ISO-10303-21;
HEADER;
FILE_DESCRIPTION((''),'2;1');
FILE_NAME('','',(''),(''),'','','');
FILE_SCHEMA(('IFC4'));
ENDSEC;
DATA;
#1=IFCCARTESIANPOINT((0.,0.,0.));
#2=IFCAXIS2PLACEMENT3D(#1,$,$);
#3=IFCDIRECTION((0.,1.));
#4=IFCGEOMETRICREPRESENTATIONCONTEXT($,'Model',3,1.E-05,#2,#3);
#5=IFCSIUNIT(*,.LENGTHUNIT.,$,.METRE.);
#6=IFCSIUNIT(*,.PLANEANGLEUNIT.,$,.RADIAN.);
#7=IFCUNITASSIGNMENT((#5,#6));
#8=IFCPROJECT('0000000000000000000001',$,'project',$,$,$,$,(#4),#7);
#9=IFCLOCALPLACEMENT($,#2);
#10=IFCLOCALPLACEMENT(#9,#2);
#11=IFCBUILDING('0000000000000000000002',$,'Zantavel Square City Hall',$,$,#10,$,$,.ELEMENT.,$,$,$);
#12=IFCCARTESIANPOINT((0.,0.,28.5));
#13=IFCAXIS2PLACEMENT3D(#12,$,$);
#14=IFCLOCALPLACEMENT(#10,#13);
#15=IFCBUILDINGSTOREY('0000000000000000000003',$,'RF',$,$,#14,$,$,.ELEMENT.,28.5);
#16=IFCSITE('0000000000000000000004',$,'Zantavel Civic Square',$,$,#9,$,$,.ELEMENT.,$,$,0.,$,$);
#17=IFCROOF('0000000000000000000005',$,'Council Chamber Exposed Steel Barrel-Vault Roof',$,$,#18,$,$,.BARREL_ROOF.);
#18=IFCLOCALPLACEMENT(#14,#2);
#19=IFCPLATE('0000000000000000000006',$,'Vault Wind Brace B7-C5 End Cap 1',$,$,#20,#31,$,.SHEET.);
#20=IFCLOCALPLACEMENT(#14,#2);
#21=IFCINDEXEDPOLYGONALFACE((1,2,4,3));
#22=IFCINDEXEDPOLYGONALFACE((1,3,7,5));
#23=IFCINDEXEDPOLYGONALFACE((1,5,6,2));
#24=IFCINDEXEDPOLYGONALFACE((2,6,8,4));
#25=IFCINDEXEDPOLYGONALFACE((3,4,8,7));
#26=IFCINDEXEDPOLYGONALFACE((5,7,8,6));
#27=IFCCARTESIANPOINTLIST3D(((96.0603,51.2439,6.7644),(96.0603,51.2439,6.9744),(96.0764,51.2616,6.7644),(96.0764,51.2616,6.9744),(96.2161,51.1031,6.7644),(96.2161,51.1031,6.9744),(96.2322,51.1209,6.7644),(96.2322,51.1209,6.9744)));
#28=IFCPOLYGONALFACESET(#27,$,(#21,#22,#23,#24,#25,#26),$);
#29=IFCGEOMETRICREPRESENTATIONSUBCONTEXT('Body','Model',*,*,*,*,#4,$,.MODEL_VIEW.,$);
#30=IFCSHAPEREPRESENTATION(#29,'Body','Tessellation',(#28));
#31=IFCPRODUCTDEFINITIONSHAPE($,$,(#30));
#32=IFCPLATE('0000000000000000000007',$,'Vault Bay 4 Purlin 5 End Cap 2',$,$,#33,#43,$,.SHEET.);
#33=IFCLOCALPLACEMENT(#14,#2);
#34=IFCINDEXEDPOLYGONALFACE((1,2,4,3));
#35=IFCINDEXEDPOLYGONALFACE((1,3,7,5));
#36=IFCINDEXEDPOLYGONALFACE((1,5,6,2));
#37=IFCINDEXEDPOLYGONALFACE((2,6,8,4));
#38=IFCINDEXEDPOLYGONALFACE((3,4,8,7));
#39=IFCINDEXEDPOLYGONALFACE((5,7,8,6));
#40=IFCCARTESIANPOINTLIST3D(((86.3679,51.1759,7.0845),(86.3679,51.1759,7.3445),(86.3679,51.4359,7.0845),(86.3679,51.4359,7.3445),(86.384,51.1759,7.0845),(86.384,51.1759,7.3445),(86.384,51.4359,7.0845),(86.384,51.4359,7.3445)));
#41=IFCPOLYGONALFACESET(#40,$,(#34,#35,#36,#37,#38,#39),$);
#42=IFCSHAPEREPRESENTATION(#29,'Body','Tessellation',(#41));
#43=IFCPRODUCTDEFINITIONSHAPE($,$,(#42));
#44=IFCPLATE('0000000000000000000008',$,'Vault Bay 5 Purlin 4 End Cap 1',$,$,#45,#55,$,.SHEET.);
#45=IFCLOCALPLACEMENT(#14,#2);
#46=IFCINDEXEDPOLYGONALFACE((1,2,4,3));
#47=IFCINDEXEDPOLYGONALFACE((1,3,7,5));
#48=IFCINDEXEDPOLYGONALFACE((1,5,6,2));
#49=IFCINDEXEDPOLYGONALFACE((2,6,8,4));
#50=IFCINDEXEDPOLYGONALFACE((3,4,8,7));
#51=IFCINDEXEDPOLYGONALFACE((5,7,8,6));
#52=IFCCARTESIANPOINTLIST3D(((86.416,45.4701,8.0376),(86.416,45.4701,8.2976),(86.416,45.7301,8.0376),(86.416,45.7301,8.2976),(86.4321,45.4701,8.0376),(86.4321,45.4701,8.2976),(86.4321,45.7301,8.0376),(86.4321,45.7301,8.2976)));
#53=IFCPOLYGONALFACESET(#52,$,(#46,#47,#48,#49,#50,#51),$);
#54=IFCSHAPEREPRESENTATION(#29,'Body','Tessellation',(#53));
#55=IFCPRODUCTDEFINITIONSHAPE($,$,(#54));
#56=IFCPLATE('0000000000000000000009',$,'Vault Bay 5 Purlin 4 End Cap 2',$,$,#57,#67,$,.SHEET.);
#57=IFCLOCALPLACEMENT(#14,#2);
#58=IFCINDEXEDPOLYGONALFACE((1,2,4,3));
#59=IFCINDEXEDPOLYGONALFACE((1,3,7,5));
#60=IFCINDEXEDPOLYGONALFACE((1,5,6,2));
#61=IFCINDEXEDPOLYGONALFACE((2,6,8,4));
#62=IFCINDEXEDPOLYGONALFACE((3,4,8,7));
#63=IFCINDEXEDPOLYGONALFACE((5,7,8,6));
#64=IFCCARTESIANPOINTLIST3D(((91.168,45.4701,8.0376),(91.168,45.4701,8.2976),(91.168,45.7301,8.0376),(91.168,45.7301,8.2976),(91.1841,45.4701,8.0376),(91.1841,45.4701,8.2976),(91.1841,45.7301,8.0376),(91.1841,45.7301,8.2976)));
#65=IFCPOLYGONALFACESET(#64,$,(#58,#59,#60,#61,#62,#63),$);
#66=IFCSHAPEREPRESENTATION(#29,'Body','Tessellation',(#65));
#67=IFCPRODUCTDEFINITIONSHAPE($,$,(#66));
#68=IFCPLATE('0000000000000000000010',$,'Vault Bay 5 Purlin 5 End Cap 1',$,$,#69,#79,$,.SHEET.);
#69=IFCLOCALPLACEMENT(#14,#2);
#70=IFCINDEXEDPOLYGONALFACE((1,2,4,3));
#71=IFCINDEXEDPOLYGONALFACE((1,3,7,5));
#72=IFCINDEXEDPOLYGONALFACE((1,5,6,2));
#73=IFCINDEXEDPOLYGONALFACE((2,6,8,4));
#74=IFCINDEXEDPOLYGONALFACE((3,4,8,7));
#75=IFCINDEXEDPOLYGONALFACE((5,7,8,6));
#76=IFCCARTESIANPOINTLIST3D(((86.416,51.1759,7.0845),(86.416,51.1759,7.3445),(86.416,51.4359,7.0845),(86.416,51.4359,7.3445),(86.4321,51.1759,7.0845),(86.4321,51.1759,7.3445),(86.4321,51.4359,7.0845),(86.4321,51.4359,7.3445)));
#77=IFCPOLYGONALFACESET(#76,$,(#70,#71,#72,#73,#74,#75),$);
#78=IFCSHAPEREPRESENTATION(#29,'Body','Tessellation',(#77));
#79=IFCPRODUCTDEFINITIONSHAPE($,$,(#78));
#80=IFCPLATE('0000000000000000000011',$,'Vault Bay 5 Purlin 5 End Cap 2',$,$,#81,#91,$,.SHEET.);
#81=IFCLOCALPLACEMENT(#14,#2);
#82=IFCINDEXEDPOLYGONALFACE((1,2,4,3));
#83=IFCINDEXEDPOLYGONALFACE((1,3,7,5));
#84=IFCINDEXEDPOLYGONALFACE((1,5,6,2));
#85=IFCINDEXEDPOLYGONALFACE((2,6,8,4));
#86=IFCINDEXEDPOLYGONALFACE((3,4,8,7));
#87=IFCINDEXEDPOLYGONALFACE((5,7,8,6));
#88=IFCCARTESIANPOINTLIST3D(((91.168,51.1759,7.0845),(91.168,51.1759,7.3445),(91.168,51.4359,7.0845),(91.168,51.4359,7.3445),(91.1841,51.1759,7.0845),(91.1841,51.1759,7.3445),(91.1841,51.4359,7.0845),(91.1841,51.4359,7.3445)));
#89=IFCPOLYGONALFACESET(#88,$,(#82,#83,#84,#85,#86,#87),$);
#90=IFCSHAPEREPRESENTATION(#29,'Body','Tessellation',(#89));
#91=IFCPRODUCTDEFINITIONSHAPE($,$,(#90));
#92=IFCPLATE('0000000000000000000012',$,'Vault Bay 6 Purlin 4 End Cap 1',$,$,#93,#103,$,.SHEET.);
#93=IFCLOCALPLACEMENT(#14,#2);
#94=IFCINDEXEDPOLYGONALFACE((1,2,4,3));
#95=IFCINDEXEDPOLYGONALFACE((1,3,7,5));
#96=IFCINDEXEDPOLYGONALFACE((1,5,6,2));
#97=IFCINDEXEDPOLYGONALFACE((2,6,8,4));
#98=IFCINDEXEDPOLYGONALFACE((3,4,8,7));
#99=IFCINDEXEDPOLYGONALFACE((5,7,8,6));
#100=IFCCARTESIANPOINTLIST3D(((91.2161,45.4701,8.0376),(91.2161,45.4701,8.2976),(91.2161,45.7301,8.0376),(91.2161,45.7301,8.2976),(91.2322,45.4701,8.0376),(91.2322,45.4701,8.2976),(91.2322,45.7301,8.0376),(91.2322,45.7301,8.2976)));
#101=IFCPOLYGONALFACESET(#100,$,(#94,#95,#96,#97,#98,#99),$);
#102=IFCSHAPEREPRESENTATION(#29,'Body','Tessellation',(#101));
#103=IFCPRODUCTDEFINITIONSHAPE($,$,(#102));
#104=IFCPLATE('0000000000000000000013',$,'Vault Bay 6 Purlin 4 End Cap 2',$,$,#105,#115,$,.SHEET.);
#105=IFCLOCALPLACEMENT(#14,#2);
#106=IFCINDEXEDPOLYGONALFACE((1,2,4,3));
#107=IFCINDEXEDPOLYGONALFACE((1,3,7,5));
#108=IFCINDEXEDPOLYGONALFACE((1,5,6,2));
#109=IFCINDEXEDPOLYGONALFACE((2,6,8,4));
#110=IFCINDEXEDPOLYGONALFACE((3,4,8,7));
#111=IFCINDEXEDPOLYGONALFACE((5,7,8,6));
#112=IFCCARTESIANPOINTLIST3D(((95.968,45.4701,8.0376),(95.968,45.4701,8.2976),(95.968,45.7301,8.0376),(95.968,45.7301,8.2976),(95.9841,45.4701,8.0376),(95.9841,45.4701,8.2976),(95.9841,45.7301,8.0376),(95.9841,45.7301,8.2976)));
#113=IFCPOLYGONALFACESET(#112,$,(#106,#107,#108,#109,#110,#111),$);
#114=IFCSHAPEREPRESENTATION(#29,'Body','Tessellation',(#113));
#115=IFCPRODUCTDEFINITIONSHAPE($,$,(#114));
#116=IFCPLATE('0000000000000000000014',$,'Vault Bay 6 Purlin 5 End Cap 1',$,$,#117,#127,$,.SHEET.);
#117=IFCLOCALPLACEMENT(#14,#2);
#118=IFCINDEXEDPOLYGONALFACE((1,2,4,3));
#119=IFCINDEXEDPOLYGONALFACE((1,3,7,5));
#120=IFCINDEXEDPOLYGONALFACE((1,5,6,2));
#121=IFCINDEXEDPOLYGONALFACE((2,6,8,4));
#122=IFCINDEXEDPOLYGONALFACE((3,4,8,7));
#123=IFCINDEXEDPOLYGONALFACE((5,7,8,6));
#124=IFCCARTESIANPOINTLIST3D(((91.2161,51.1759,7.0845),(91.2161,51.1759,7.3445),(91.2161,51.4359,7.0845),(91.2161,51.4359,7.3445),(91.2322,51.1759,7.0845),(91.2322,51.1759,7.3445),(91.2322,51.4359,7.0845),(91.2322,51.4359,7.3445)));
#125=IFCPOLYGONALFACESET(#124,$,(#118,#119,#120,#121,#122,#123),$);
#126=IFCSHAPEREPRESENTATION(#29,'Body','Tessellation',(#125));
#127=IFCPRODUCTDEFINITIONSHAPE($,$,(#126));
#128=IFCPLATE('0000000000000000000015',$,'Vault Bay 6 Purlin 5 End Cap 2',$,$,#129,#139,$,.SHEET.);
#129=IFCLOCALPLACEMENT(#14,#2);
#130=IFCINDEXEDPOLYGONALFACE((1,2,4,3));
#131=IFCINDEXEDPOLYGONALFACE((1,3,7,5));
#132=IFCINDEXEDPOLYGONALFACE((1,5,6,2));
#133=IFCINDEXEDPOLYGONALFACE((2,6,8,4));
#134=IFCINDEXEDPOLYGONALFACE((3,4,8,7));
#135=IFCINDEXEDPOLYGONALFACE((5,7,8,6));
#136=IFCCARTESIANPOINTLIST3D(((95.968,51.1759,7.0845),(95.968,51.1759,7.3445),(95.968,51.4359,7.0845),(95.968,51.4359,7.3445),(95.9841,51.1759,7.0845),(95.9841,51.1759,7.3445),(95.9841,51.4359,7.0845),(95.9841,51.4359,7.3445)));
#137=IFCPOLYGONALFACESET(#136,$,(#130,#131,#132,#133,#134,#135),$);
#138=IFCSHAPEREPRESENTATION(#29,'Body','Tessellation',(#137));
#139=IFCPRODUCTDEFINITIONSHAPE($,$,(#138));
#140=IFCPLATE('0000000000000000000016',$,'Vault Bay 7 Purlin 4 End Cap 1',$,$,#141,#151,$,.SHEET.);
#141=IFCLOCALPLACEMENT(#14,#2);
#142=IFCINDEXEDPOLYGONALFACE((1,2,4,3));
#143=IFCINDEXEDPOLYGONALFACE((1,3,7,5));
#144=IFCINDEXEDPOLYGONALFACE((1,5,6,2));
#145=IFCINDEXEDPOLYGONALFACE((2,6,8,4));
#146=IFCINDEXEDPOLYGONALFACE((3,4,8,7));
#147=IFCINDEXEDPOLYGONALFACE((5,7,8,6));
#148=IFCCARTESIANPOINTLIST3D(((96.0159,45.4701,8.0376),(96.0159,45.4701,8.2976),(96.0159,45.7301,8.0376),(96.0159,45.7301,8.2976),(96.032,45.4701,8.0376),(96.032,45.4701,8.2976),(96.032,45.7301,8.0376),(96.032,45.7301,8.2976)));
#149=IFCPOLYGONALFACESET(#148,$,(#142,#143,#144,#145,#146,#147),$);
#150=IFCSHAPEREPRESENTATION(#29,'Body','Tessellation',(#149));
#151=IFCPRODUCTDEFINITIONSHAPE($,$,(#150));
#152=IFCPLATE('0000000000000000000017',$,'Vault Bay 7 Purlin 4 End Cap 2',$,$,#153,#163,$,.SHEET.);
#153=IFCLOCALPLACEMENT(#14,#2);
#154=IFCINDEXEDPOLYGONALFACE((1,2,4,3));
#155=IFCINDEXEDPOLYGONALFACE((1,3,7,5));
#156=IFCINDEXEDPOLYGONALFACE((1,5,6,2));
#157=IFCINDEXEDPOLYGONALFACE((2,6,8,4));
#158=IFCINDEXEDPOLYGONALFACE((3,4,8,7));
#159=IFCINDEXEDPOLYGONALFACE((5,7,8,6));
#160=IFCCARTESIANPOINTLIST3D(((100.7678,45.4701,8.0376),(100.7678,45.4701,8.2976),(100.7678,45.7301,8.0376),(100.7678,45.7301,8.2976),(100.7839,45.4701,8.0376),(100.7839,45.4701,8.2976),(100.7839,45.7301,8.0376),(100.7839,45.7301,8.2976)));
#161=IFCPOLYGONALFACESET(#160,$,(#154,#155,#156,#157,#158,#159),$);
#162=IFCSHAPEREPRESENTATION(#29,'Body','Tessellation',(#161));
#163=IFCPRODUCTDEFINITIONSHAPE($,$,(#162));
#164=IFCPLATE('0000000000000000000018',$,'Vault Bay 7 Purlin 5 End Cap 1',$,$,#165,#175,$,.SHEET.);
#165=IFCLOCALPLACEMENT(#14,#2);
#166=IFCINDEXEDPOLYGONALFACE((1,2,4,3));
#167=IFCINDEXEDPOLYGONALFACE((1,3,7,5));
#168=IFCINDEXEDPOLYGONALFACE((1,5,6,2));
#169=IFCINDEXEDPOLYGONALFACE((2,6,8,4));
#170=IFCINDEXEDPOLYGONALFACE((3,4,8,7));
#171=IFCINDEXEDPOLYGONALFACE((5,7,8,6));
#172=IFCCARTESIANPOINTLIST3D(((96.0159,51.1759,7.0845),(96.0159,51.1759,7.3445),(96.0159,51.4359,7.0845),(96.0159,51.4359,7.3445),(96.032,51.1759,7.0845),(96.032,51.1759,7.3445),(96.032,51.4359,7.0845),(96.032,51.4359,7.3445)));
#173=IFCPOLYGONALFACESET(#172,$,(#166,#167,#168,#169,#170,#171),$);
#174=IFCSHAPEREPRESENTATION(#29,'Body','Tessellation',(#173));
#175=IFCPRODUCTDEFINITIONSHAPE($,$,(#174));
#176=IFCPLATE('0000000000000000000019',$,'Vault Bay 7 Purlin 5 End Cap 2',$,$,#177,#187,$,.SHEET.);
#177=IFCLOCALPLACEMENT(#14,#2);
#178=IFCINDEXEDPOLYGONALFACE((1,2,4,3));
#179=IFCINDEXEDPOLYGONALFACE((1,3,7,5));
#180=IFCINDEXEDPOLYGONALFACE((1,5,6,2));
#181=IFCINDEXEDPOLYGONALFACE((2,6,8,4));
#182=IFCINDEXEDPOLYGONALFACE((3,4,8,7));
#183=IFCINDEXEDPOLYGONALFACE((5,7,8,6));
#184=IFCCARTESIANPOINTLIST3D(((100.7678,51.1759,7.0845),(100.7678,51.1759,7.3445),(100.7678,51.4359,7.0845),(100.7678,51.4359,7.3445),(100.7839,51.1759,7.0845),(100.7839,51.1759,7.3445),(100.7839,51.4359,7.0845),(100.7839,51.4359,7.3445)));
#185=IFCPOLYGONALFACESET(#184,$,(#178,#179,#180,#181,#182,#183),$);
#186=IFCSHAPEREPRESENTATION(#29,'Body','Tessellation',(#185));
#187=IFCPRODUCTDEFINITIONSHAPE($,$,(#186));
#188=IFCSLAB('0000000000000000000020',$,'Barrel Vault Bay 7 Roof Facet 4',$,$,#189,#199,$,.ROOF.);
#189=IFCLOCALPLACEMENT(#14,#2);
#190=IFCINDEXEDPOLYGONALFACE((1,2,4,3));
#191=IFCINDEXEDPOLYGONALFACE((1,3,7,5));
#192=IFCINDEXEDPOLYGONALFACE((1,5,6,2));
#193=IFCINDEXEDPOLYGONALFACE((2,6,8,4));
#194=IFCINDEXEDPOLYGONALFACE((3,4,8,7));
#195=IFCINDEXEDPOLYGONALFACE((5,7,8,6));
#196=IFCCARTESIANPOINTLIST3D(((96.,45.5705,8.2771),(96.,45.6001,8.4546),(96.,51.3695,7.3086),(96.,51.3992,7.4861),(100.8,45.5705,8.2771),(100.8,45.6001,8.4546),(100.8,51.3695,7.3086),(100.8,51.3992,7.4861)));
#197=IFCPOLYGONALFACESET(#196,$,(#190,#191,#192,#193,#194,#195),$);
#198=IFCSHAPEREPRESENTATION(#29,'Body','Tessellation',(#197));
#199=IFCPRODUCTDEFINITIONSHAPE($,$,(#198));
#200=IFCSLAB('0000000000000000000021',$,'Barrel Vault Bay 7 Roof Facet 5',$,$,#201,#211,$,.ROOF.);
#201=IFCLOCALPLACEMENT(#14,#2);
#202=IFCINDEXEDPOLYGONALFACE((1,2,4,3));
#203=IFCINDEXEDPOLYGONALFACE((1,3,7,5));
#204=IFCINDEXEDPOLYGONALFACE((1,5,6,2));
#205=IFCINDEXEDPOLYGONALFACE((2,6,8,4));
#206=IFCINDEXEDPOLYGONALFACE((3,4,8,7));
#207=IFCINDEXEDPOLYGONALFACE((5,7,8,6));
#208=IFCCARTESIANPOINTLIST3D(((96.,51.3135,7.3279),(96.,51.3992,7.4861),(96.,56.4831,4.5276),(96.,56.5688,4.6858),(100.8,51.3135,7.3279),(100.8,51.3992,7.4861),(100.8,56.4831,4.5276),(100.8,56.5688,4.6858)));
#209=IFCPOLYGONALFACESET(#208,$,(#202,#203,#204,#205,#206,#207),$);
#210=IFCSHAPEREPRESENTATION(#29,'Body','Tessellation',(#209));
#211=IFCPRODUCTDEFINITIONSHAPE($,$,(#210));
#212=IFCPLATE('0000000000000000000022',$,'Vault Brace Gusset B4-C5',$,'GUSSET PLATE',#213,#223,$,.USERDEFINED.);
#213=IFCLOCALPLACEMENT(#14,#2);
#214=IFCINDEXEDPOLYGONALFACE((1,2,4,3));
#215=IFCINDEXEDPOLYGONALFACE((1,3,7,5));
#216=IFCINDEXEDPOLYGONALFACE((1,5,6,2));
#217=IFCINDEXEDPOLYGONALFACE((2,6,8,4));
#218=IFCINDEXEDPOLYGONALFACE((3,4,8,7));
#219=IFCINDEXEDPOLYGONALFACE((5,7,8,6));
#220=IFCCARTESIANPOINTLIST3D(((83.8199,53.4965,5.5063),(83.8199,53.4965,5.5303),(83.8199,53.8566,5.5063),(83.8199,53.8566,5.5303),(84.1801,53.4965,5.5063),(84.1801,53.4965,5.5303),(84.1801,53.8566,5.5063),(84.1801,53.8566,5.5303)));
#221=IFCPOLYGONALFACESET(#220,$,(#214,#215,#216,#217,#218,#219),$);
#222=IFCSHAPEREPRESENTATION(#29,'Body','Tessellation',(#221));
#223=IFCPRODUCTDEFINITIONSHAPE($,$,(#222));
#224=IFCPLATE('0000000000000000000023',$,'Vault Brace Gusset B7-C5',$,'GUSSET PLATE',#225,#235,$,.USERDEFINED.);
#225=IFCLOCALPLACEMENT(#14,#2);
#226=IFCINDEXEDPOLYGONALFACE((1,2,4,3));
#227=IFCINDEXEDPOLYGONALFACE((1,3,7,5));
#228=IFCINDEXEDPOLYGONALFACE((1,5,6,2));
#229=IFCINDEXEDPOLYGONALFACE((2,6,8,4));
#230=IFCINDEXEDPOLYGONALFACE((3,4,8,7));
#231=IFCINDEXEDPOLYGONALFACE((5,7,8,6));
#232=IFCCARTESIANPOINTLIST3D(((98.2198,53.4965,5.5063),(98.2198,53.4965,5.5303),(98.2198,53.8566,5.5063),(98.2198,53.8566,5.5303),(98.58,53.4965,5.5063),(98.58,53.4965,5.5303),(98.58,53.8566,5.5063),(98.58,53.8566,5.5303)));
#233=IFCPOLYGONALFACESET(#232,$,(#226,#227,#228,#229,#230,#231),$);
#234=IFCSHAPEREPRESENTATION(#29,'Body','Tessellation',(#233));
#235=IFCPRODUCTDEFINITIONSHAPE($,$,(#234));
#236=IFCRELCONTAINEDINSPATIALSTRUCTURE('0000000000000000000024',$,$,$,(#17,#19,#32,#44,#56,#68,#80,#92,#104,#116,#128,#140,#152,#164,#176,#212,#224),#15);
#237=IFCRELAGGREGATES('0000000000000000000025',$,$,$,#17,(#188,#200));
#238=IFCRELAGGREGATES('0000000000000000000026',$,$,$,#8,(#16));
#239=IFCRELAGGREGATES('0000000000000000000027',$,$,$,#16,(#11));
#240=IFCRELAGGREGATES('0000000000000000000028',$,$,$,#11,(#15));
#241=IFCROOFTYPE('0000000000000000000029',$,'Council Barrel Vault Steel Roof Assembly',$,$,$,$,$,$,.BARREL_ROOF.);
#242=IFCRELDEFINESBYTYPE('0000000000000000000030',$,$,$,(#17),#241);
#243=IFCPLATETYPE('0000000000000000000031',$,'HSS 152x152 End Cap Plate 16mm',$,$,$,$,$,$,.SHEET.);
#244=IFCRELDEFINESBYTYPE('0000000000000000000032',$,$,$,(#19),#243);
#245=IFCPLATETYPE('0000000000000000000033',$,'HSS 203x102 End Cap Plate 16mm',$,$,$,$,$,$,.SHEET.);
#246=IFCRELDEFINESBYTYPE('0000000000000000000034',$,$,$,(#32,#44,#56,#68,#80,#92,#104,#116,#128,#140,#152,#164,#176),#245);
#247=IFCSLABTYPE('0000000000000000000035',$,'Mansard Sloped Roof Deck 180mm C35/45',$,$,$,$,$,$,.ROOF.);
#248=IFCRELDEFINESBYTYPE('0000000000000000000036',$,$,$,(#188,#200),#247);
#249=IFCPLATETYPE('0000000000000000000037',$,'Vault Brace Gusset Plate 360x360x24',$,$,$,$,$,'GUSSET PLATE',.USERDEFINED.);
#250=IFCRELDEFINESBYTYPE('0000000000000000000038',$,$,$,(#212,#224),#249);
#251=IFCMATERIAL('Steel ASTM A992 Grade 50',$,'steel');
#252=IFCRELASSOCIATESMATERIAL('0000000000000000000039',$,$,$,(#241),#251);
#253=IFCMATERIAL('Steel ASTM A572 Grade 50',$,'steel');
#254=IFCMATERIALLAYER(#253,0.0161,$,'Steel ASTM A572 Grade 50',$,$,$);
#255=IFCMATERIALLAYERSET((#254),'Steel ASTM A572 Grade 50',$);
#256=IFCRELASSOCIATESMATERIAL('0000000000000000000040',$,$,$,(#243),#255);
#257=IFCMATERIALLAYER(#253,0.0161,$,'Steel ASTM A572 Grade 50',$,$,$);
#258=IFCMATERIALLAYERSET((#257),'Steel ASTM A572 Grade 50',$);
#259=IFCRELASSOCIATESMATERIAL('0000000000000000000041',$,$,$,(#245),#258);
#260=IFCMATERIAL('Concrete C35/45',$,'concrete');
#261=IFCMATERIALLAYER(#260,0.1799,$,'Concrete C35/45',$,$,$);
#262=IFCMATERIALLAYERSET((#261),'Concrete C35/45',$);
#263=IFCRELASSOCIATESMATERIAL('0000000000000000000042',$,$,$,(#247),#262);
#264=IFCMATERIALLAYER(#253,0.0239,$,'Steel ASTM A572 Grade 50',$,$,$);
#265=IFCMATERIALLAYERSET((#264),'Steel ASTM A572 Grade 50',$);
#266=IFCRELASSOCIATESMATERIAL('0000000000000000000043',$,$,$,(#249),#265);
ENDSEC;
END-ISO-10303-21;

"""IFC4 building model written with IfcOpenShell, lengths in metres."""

from ifc_helpers import new_model, si_unit, direction, frame, origin, origin_2d, place, context, subcontext, project, spatial, polyline, rectangle, outline, extrude, material, layer, layer_set, type_object, element, aggregate, save


model = new_model("IFC4")

# Units and contexts
model_context = context("Model", 3, precision=1e-05, world=origin(), true_north=direction((0.0, 1.0)))
body_context = subcontext(model_context, "Body", "Model", "MODEL_VIEW")
ifc_project = project(units=[si_unit("LENGTHUNIT", "METRE"), si_unit("PLANEANGLEUNIT", "RADIAN")], contexts=[model_context])

# Site, building, storey
site_placement = place(None, origin())
site = spatial("IfcSite", under=ifc_project, at=site_placement, Name="Zantavel Civic Square", CompositionType="ELEMENT", RefElevation=0.0)
building_placement = place(site_placement, origin())
building = spatial("IfcBuilding", under=site, at=building_placement, Name="Zantavel Square City Hall", CompositionType="ELEMENT")
storey_placement = place(building_placement, frame((0.0, 0.0, 28.5)))
storey = spatial("IfcBuildingStorey", under=building, at=storey_placement, Name="RF", CompositionType="ELEMENT", Elevation=28.5)

# Shared definitions
ifc_material_1 = material(Name="Steel ASTM A992 Grade 50", Category="steel")

# Roof
roof_type = type_object("IfcRoofType", Name="Council Barrel Vault Steel Roof Assembly", PredefinedType="BARREL_ROOF", material=ifc_material_1)
roof_placement = place(storey_placement, origin())
roof = element("IfcRoof", 1, at=roof_placement, inside=storey, type_object=roof_type, Name="Council Chamber Exposed Steel Barrel-Vault Roof", PredefinedType="BARREL_ROOF")

# Plates
ifc_material_2 = material(Name="Steel ASTM A572 Grade 50", Category="steel")
ifc_layer_1 = layer(ifc_material_2, 0.0161, Name="Steel ASTM A572 Grade 50")
ifc_layer_set_1 = layer_set([ifc_layer_1], Name="Steel ASTM A572 Grade 50")
plate_type_1 = type_object("IfcPlateType", Name="HSS 152x152 End Cap Plate 16mm", PredefinedType="SHEET", material=ifc_layer_set_1)
for number, where, z_axis, x_axis, name in (
    (2, (96.1462, 51.1824, 6.7644), (0.0, 0.0, 1.0), (0.670438, 0.741966, 0.0), "Vault Wind Brace B7-C5 End Cap 1"),
):
    element("IfcPlate", number, at=place(storey_placement, frame(where, z_axis=z_axis, x_axis=x_axis)), inside=storey, type_object=plate_type_1, Name=name, PredefinedType="SHEET", context=body_context, shape_type="SweptSolid", body=[
        extrude(rectangle(XDim=0.0239, YDim=0.21, at=origin_2d()), origin(), (0.0, 0.0, 1.0), 0.21),
    ])
ifc_layer_2 = layer(ifc_material_2, 0.0161, Name="Steel ASTM A572 Grade 50")
ifc_layer_set_2 = layer_set([ifc_layer_2], Name="Steel ASTM A572 Grade 50")
plate_type_2 = type_object("IfcPlateType", Name="HSS 203x102 End Cap Plate 16mm", PredefinedType="SHEET", material=ifc_layer_set_2)
for number, where, z_axis, x_axis, name in (
    (3, (86.376, 51.3059, 7.0845), (0.0, 0.0, 1.0), (1.0, 0.0, 0.0), "Vault Bay 4 Purlin 5 End Cap 2"),
    (4, (86.4241, 45.6001, 8.0376), (0.0, 0.0, 1.0), (1.0, 0.0, 0.0), "Vault Bay 5 Purlin 4 End Cap 1"),
    (5, (91.176, 45.6001, 8.0376), (0.0, 0.0, 1.0), (1.0, 0.0, 0.0), "Vault Bay 5 Purlin 4 End Cap 2"),
    (6, (86.4241, 51.3059, 7.0845), (0.0, 0.0, 1.0), (1.0, 0.0, 0.0), "Vault Bay 5 Purlin 5 End Cap 1"),
    (7, (91.176, 51.3059, 7.0845), (0.0, 0.0, 1.0), (1.0, 0.0, 0.0), "Vault Bay 5 Purlin 5 End Cap 2"),
    (8, (91.2241, 45.6001, 8.0376), (0.0, 0.0, 1.0), (1.0, 0.0, 0.0), "Vault Bay 6 Purlin 4 End Cap 1"),
    (9, (95.9761, 45.6001, 8.0376), (0.0, 0.0, 1.0), (1.0, 0.0, 0.0), "Vault Bay 6 Purlin 4 End Cap 2"),
    (10, (91.2241, 51.3059, 7.0845), (0.0, 0.0, 1.0), (1.0, 0.0, 0.0), "Vault Bay 6 Purlin 5 End Cap 1"),
    (11, (95.9761, 51.3059, 7.0845), (0.0, 0.0, 1.0), (1.0, 0.0, 0.0), "Vault Bay 6 Purlin 5 End Cap 2"),
    (12, (96.0239, 45.6001, 8.0376), (0.0, 0.0, 1.0), (1.0, 0.0, 0.0), "Vault Bay 7 Purlin 4 End Cap 1"),
    (13, (100.7759, 45.6001, 8.0376), (0.0, 0.0, 1.0), (1.0, 0.0, 0.0), "Vault Bay 7 Purlin 4 End Cap 2"),
    (14, (96.0239, 51.3059, 7.0845), (0.0, 0.0, 1.0), (1.0, 0.0, 0.0), "Vault Bay 7 Purlin 5 End Cap 1"),
    (15, (100.7759, 51.3059, 7.0845), (0.0, 0.0, 1.0), (1.0, 0.0, 0.0), "Vault Bay 7 Purlin 5 End Cap 2"),
):
    element("IfcPlate", number, at=place(storey_placement, frame(where, z_axis=z_axis, x_axis=x_axis)), inside=storey, type_object=plate_type_2, Name=name, PredefinedType="SHEET", context=body_context, shape_type="SweptSolid", body=[
        extrude(rectangle(XDim=0.0161, YDim=0.26, at=origin_2d()), origin(), (0.0, 0.0, 1.0), 0.26),
    ])

# Slabs
ifc_material_3 = material(Name="Concrete C35/45", Category="concrete")
ifc_layer_3 = layer(ifc_material_3, 0.1799, Name="Concrete C35/45")
ifc_layer_set_3 = layer_set([ifc_layer_3], Name="Concrete C35/45")
slab_type_1 = type_object("IfcSlabType", Name="Mansard Sloped Roof Deck 180mm C35/45", PredefinedType="ROOF", material=ifc_layer_set_3)
slab_1_placement = place(storey_placement, frame((96.0, 45.6001, 8.4546), z_axis=(0.0, 0.164729, 0.986339), x_axis=(1.0, 0.0, 0.0)))
slab_1 = element("IfcSlab", 16, at=slab_1_placement, type_object=slab_type_1, Name="Barrel Vault Bay 7 Roof Facet 4", PredefinedType="ROOF", context=body_context, shape_type="SweptSolid", body=[
    extrude(outline(polyline([(0.0, 0.0), (4.8, 0.0), (4.8, 5.8794), (0.0, 5.8794), (0.0, 0.0)])), origin(), (0.0, 0.0, -1.0), 0.1799),
])
slab_2_placement = place(storey_placement, frame((96.0, 51.3992, 7.4861), z_axis=(0.0, 0.47629, 0.879288), x_axis=(1.0, 0.0, 0.0)))
slab_2 = element("IfcSlab", 17, at=slab_2_placement, type_object=slab_type_1, Name="Barrel Vault Bay 7 Roof Facet 5", PredefinedType="ROOF", context=body_context, shape_type="SweptSolid", body=[
    extrude(outline(polyline([(0.0, 0.0), (4.8, 0.0), (4.8, 5.8794), (0.0, 5.8794), (0.0, 0.0)])), origin(), (0.0, 0.0, -1.0), 0.1799),
])
aggregate(roof, [slab_1, slab_2])

# Plates
ifc_layer_4 = layer(ifc_material_2, 0.0239, Name="Steel ASTM A572 Grade 50")
ifc_layer_set_4 = layer_set([ifc_layer_4], Name="Steel ASTM A572 Grade 50")
plate_type_3 = type_object("IfcPlateType", Name="Vault Brace Gusset Plate 360x360x24", ElementType="GUSSET PLATE", PredefinedType="USERDEFINED", material=ifc_layer_set_4)
for number, where, z_axis, x_axis, name in (
    (18, (84.0, 53.6765, 5.5063), (0.0, 0.0, 1.0), (1.0, 0.0, 0.0), "Vault Brace Gusset B4-C5"),
    (19, (98.3999, 53.6765, 5.5063), (0.0, 0.0, 1.0), (1.0, 0.0, 0.0), "Vault Brace Gusset B7-C5"),
):
    element("IfcPlate", number, at=place(storey_placement, frame(where, z_axis=z_axis, x_axis=x_axis)), inside=storey, type_object=plate_type_3, Name=name, ObjectType="GUSSET PLATE", PredefinedType="USERDEFINED", context=body_context, shape_type="SweptSolid", body=[
        extrude(rectangle(XDim=0.3601, YDim=0.3601, at=origin_2d()), origin(), (0.0, 0.0, 1.0), 0.0239),
    ])

save(model, "model.ifc")
